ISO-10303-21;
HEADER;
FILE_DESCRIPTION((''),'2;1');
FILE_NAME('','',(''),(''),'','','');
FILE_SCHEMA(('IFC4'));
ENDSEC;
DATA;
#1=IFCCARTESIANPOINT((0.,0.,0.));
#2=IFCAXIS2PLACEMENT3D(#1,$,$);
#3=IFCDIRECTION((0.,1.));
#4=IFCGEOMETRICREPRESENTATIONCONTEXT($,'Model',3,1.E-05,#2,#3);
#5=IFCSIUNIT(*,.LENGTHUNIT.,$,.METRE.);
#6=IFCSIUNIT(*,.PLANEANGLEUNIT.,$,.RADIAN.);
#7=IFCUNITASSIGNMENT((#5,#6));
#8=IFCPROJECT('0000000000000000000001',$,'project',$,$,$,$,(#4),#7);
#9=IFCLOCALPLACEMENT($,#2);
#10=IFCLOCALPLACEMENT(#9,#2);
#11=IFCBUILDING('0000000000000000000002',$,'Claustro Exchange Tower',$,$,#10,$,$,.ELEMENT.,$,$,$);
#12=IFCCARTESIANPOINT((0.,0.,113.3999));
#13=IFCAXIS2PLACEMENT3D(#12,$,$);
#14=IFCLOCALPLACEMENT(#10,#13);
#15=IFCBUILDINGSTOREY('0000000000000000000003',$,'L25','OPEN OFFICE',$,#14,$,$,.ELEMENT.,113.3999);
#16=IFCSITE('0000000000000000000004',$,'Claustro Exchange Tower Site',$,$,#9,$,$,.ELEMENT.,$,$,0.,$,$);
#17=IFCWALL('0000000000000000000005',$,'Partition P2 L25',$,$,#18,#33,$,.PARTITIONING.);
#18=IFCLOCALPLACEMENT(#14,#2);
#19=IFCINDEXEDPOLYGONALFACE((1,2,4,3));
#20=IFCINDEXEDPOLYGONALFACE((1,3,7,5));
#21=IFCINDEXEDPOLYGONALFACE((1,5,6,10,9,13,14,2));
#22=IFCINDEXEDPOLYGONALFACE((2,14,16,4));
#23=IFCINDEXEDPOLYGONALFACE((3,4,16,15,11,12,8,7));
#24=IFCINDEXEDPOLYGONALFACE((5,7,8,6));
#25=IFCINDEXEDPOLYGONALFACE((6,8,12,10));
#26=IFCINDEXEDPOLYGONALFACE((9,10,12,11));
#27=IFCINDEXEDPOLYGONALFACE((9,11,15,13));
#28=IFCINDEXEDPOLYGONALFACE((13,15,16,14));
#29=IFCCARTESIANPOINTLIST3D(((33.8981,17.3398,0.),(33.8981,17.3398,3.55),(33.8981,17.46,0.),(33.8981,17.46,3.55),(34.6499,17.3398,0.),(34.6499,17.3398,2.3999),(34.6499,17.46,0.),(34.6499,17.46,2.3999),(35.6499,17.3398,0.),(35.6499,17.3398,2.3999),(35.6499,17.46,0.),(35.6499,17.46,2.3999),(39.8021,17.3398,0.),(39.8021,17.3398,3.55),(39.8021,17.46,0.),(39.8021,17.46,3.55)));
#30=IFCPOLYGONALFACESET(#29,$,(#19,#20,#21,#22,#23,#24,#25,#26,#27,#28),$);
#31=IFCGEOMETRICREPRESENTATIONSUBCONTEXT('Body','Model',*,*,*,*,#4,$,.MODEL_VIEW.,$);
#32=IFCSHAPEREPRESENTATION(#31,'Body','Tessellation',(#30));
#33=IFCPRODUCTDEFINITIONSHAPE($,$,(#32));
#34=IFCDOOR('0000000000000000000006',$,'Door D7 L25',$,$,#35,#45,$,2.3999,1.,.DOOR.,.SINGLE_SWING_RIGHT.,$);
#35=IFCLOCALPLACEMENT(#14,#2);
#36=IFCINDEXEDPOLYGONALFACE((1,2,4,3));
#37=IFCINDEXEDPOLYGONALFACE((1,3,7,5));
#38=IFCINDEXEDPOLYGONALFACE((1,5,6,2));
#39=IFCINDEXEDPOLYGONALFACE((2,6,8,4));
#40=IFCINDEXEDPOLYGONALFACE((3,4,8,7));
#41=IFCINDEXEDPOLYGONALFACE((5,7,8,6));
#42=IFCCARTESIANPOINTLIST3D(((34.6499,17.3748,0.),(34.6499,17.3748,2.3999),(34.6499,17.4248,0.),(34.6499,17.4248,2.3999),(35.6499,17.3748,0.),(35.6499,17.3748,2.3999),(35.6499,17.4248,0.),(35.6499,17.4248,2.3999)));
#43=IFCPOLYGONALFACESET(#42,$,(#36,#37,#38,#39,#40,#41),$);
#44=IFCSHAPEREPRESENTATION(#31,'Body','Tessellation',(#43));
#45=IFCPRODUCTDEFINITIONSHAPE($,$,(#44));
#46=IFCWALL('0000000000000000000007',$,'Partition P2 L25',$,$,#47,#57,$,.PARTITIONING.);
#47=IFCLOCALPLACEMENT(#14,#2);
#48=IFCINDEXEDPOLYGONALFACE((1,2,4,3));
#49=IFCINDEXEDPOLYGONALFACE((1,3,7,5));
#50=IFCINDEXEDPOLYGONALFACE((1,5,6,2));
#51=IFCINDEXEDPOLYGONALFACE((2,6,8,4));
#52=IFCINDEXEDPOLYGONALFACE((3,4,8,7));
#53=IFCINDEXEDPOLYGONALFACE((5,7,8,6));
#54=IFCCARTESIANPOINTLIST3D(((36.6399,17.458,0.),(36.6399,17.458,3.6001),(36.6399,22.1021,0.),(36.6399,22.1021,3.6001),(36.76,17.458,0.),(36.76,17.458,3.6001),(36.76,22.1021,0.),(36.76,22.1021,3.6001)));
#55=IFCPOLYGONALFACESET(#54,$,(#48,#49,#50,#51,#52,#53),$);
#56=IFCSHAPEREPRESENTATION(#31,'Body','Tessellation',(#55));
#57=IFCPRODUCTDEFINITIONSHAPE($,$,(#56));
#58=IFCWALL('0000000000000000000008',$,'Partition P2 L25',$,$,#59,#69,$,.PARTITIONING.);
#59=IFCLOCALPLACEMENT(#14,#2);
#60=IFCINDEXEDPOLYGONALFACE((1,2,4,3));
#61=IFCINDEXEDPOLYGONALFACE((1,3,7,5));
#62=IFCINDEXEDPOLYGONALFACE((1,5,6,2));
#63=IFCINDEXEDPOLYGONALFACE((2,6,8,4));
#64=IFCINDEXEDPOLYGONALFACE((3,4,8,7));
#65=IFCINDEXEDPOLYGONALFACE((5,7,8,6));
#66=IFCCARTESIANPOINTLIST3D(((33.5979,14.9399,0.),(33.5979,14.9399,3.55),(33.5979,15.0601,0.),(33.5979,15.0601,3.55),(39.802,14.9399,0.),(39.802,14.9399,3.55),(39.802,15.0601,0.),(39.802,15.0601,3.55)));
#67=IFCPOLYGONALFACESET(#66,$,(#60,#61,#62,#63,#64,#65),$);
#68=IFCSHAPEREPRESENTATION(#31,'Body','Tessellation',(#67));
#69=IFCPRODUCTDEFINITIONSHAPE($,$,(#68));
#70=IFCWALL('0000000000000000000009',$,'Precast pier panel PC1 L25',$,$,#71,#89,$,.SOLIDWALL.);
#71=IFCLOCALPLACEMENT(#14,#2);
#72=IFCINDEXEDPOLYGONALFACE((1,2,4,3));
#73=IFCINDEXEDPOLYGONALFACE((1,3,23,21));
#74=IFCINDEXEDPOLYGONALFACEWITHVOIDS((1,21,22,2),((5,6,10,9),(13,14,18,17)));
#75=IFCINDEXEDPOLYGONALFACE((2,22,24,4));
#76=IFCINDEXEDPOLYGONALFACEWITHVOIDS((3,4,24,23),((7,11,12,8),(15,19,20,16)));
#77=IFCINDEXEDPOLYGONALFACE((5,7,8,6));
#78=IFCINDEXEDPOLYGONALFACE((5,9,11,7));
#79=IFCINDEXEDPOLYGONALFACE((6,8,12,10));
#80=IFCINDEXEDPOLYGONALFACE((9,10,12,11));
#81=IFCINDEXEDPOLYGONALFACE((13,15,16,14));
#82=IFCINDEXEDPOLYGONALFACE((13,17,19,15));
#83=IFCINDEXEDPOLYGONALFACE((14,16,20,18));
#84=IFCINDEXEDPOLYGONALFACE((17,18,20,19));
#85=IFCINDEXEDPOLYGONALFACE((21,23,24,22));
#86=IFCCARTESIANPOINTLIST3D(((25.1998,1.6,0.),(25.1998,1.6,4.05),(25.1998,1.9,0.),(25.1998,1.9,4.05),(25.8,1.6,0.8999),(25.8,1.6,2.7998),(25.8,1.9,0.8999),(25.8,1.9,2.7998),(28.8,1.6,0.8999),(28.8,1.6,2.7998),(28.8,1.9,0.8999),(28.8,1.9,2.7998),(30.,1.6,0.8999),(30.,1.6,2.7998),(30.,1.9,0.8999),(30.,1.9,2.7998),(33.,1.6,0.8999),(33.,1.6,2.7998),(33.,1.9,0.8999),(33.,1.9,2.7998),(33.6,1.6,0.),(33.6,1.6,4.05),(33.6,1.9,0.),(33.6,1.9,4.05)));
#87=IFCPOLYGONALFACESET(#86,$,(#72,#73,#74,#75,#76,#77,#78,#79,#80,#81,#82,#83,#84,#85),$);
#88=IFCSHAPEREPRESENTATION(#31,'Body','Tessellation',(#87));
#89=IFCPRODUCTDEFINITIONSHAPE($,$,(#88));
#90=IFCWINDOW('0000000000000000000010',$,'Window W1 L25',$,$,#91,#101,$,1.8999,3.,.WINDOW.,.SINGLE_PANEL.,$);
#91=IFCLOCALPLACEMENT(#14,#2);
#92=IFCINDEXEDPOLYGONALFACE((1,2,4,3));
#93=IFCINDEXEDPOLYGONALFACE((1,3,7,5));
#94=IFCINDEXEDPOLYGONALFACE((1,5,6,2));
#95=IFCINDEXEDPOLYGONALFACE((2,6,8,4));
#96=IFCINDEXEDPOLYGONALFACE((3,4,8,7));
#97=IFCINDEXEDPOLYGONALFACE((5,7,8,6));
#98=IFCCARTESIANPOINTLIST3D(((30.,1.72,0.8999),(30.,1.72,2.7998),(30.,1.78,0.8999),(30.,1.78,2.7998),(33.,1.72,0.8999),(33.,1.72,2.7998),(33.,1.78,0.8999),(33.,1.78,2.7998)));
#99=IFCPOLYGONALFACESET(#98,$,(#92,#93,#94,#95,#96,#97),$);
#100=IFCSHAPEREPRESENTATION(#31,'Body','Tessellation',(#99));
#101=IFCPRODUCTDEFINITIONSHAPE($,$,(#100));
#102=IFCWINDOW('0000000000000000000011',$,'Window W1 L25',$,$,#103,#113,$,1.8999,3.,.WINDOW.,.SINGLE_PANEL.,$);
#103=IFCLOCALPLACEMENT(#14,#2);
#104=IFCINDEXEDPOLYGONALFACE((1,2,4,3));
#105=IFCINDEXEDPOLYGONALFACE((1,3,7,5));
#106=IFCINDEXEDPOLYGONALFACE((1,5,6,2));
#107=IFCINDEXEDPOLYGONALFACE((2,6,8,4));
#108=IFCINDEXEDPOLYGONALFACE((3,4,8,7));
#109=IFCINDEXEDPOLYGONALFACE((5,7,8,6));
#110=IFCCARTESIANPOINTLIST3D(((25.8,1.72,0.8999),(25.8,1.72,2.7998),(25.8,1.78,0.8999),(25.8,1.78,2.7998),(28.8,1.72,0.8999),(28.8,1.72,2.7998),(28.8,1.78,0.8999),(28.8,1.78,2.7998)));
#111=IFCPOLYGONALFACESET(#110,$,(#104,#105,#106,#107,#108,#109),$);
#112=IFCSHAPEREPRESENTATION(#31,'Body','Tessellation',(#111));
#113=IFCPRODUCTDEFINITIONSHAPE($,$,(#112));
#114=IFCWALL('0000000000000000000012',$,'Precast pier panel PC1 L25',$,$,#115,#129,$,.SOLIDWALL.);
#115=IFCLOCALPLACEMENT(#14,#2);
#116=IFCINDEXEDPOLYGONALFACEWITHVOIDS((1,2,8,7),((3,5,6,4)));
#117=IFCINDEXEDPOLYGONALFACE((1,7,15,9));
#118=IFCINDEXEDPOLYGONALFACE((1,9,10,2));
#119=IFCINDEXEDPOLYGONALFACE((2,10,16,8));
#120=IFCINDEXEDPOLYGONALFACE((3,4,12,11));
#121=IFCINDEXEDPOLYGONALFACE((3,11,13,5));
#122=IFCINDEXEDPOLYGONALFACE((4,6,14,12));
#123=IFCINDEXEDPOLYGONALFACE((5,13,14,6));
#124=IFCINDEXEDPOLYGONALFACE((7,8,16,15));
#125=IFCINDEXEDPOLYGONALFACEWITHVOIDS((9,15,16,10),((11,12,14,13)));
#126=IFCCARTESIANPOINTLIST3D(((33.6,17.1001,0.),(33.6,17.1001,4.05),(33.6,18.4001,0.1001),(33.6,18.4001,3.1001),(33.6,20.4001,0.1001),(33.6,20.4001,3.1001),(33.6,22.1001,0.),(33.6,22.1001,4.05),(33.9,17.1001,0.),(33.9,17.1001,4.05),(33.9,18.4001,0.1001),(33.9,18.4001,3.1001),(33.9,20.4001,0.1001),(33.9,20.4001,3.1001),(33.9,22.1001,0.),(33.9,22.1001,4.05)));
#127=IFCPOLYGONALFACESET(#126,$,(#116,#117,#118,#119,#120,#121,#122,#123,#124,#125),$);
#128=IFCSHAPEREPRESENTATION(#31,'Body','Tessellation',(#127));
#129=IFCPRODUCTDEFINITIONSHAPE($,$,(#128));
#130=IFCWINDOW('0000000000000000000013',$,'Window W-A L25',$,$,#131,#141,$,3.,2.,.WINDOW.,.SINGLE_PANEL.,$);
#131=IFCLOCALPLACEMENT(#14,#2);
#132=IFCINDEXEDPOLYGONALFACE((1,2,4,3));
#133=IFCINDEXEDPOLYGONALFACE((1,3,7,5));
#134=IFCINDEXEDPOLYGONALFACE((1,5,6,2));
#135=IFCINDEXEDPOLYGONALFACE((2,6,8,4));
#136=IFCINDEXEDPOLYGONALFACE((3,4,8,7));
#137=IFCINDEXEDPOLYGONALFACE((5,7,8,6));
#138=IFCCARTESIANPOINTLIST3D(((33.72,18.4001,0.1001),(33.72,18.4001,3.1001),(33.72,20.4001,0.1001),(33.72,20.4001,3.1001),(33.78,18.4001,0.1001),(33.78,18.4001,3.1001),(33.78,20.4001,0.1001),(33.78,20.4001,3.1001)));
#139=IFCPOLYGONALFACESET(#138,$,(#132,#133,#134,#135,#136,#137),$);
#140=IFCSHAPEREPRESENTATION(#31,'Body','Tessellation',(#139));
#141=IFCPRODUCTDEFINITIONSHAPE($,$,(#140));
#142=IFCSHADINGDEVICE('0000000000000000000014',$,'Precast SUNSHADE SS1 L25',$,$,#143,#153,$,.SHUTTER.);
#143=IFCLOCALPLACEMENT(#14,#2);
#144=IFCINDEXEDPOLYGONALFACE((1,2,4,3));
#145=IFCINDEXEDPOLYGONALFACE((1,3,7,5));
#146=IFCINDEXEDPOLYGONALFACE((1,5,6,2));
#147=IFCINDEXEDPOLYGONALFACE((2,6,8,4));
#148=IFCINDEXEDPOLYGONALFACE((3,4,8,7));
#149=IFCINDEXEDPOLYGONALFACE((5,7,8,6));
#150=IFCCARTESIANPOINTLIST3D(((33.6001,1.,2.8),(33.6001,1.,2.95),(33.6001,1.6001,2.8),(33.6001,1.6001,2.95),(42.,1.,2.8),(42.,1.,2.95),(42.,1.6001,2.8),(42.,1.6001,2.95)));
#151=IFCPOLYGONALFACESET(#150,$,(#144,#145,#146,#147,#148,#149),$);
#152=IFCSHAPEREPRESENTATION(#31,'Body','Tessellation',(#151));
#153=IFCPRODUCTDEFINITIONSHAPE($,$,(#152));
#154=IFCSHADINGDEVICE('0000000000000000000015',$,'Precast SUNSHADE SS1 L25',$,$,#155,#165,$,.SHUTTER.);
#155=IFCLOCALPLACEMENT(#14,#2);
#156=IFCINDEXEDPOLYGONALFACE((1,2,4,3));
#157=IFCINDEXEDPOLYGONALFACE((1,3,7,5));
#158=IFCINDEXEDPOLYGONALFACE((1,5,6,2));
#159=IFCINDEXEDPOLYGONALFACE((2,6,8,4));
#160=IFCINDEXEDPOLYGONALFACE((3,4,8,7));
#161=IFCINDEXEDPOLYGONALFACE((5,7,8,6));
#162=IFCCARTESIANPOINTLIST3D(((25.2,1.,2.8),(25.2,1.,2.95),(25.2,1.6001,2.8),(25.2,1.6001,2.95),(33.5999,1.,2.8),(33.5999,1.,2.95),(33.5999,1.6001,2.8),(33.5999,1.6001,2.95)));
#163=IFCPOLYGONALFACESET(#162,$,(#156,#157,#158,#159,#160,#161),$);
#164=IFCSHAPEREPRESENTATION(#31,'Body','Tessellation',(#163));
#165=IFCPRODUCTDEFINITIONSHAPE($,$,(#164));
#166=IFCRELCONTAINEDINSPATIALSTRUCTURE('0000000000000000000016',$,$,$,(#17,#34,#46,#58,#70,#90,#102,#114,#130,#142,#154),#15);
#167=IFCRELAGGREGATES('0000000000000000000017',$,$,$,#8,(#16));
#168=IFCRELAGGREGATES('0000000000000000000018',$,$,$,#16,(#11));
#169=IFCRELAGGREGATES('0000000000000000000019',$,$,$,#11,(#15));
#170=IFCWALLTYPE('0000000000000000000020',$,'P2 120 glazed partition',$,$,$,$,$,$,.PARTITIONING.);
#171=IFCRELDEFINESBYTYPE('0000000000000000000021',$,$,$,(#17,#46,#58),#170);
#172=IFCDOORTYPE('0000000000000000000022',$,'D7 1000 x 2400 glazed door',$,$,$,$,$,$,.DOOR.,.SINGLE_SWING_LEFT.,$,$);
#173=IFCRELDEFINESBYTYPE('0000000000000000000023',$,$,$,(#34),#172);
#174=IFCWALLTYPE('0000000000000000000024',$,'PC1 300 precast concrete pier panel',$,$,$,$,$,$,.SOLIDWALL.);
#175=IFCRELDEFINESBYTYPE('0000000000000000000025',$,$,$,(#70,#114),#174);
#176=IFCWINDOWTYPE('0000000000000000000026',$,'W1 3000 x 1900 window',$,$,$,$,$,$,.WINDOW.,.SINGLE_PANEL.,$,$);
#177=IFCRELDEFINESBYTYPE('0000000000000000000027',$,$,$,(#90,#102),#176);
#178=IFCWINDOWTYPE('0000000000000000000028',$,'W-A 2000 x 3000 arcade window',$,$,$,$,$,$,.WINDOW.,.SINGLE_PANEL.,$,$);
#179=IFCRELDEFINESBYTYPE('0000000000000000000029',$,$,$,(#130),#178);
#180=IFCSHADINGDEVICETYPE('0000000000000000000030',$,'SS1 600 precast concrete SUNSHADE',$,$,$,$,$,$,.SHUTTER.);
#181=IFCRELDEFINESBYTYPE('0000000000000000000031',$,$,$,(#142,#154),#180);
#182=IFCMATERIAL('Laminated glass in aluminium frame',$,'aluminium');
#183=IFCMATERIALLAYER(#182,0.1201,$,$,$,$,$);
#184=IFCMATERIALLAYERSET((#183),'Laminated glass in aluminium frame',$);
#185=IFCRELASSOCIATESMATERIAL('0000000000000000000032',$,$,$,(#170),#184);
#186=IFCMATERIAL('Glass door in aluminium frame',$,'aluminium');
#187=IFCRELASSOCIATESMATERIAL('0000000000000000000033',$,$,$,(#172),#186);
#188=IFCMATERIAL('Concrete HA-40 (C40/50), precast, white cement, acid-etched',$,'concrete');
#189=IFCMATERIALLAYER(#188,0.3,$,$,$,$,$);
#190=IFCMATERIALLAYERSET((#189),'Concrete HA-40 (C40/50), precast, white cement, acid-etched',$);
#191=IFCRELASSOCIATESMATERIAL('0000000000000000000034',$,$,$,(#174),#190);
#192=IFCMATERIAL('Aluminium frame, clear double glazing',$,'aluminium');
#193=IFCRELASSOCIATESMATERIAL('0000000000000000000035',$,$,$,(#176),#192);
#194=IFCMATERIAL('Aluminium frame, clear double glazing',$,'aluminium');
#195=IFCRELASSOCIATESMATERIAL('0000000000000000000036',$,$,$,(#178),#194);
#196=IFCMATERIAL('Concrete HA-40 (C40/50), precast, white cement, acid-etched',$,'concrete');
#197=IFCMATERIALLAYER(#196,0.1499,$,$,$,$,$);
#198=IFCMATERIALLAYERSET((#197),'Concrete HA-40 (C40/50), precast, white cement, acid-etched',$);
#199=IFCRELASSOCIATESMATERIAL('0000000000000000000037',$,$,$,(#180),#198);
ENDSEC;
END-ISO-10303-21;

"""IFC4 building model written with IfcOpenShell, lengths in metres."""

from ifc_helpers import new_model, si_unit, direction, frame, frame_2d, origin, origin_2d, place, context, subcontext, project, spatial, rectangle, extrude, material, layer, layer_set, type_object, element, fill, save


model = new_model("IFC4")

# Units and contexts
model_context = context("Model", 3, precision=1e-05, world=origin(), true_north=direction((0.0, 1.0)))
body_context = subcontext(model_context, "Body", "Model", "MODEL_VIEW")
ifc_project = project(units=[si_unit("LENGTHUNIT", "METRE"), si_unit("PLANEANGLEUNIT", "RADIAN")], contexts=[model_context])

# Site, building, storey
site_placement = place(None, origin())
site = spatial("IfcSite", under=ifc_project, at=site_placement, Name="Claustro Exchange Tower Site", CompositionType="ELEMENT", RefElevation=0.0)
building_placement = place(site_placement, origin())
building = spatial("IfcBuilding", under=site, at=building_placement, Name="Claustro Exchange Tower", CompositionType="ELEMENT")
storey_placement = place(building_placement, frame((0.0, 0.0, 113.3999)))
storey = spatial("IfcBuildingStorey", under=building, at=storey_placement, Name="L25", Description="OPEN OFFICE", CompositionType="ELEMENT", Elevation=113.3999)

# Wall, opening, door
ifc_material_1 = material(Name="Laminated glass in aluminium frame", Category="aluminium")
ifc_layer_1 = layer(ifc_material_1, 0.1201)
ifc_layer_set_1 = layer_set([ifc_layer_1], Name="Laminated glass in aluminium frame")
wall_type_1 = type_object("IfcWallType", Name="P2 120 glazed partition", PredefinedType="PARTITIONING", material=ifc_layer_set_1)
wall_1_placement = place(storey_placement, frame((33.8979, 17.3999, 0.0), z_axis=(0.0, 0.0, 1.0), x_axis=(1.0, 0.0, 0.0)))
wall_1 = element("IfcWall", 1, at=wall_1_placement, inside=storey, type_object=wall_type_1, Name="Partition P2 L25", PredefinedType="PARTITIONING", context=body_context, shape_type="SweptSolid", body=[
    extrude(rectangle(XDim=5.9041, YDim=0.1201, at=frame_2d((2.9521, 0.0))), origin(), (0.0, 0.0, 1.0), 3.55),
])
opening_1_placement = place(wall_1_placement, frame((0.752, 0.0, 0.0)))
opening_1 = element("IfcOpeningElement", 2, at=opening_1_placement, cuts=wall_1, PredefinedType="OPENING", context=body_context, shape_type="SweptSolid", body=[
    extrude(rectangle(XDim=1.0, YDim=2.3999, at=frame_2d((0.5, 1.2))), frame((0.0, 0.0701, 0.0), z_axis=(0.0, -1.0, 0.0), x_axis=(1.0, 0.0, 0.0)), (0.0, 0.0, 1.0), 0.1401),
])
ifc_material_2 = material(Name="Glass door in aluminium frame", Category="aluminium")
door_type_1 = type_object("IfcDoorType", Name="D7 1000 x 2400 glazed door", OperationType="SINGLE_SWING_LEFT", PredefinedType="DOOR", material=ifc_material_2)
door_1_placement = place(opening_1_placement, origin())
door_1 = element("IfcDoor", 3, at=door_1_placement, inside=storey, type_object=door_type_1, Name="Door D7 L25", OperationType="SINGLE_SWING_RIGHT", OverallHeight=2.3999, OverallWidth=1.0, PredefinedType="DOOR", context=body_context, shape_type="SweptSolid", body=[
    extrude(rectangle(XDim=1.0, YDim=2.3999, at=frame_2d((0.5, 1.2))), frame((0.0, 0.0249, 0.0), z_axis=(0.0, -1.0, 0.0), x_axis=(1.0, 0.0, 0.0)), (0.0, 0.0, 1.0), 0.05),
])
fill(opening_1, door_1)

# Walls
wall_2_placement = place(storey_placement, frame((36.7, 17.458, 0.0), z_axis=(0.0, 0.0, 1.0), x_axis=(0.0, 1.0, 0.0)))
element("IfcWall", 4, at=wall_2_placement, inside=storey, type_object=wall_type_1, Name="Partition P2 L25", PredefinedType="PARTITIONING", context=body_context, shape_type="SweptSolid", body=[
    extrude(rectangle(XDim=4.644, YDim=0.1201, at=frame_2d((2.322, 0.0))), origin(), (0.0, 0.0, 1.0), 3.6001),
])
wall_3_placement = place(storey_placement, frame((33.5979, 15.0, 0.0), z_axis=(0.0, 0.0, 1.0), x_axis=(1.0, 0.0, 0.0)))
element("IfcWall", 5, at=wall_3_placement, inside=storey, type_object=wall_type_1, Name="Partition P2 L25", PredefinedType="PARTITIONING", context=body_context, shape_type="SweptSolid", body=[
    extrude(rectangle(XDim=6.2041, YDim=0.1201, at=frame_2d((3.1021, 0.0))), origin(), (0.0, 0.0, 1.0), 3.55),
])

# Wall, openings, windows
ifc_material_3 = material(Name="Concrete HA-40 (C40/50), precast, white cement, acid-etched", Category="concrete")
ifc_layer_2 = layer(ifc_material_3, 0.3)
ifc_layer_set_2 = layer_set([ifc_layer_2], Name="Concrete HA-40 (C40/50), precast, white cement, acid-etched")
wall_type_2 = type_object("IfcWallType", Name="PC1 300 precast concrete pier panel", PredefinedType="SOLIDWALL", material=ifc_layer_set_2)
wall_4_placement = place(storey_placement, frame((33.6001, 1.75, 0.0), z_axis=(0.0, 0.0, 1.0), x_axis=(-1.0, 0.0, 0.0)))
wall_4 = element("IfcWall", 6, at=wall_4_placement, inside=storey, type_object=wall_type_2, Name="Precast pier panel PC1 L25", PredefinedType="SOLIDWALL", context=body_context, shape_type="SweptSolid", body=[
    extrude(rectangle(XDim=8.4001, YDim=0.3, at=frame_2d((4.2002, 0.0))), origin(), (0.0, 0.0, 1.0), 4.05),
])
opening_2_placement = place(wall_4_placement, frame((0.6001, 0.0, 0.8999)))
opening_2 = element("IfcOpeningElement", 7, at=opening_2_placement, cuts=wall_4, PredefinedType="OPENING", context=body_context, shape_type="SweptSolid", body=[
    extrude(rectangle(XDim=3.0, YDim=1.8999, at=frame_2d((1.5, 0.95))), frame((0.0, 0.1599, 0.0), z_axis=(0.0, -1.0, 0.0), x_axis=(1.0, 0.0, 0.0)), (0.0, 0.0, 1.0), 0.3201),
])
opening_3_placement = place(wall_4_placement, frame((4.8, 0.0, 0.8999)))
opening_3 = element("IfcOpeningElement", 8, at=opening_3_placement, cuts=wall_4, PredefinedType="OPENING", context=body_context, shape_type="SweptSolid", body=[
    extrude(rectangle(XDim=3.0, YDim=1.8999, at=frame_2d((1.5, 0.95))), frame((0.0, 0.1599, 0.0), z_axis=(0.0, -1.0, 0.0), x_axis=(1.0, 0.0, 0.0)), (0.0, 0.0, 1.0), 0.3201),
])
ifc_material_4 = material(Name="Aluminium frame, clear double glazing", Category="aluminium")
window_type_1 = type_object("IfcWindowType", Name="W1 3000 x 1900 window", PartitioningType="SINGLE_PANEL", PredefinedType="WINDOW", material=ifc_material_4)
window_1_placement = place(opening_2_placement, origin())
window_1 = element("IfcWindow", 9, at=window_1_placement, inside=storey, type_object=window_type_1, Name="Window W1 L25", OverallHeight=1.8999, OverallWidth=3.0, PartitioningType="SINGLE_PANEL", PredefinedType="WINDOW", context=body_context, shape_type="SweptSolid", body=[
    extrude(rectangle(XDim=3.0, YDim=1.8999, at=frame_2d((1.5, 0.95))), frame((0.0, 0.03, 0.0), z_axis=(0.0, -1.0, 0.0), x_axis=(1.0, 0.0, 0.0)), (0.0, 0.0, 1.0), 0.0601),
])
fill(opening_2, window_1)
window_2_placement = place(opening_3_placement, origin())
window_2 = element("IfcWindow", 10, at=window_2_placement, inside=storey, type_object=window_type_1, Name="Window W1 L25", OverallHeight=1.8999, OverallWidth=3.0, PartitioningType="SINGLE_PANEL", PredefinedType="WINDOW", context=body_context, shape_type="SweptSolid", body=[
    extrude(rectangle(XDim=3.0, YDim=1.8999, at=frame_2d((1.5, 0.95))), frame((0.0, 0.03, 0.0), z_axis=(0.0, -1.0, 0.0), x_axis=(1.0, 0.0, 0.0)), (0.0, 0.0, 1.0), 0.0601),
])
fill(opening_3, window_2)

# Wall, opening, window
wall_5_placement = place(storey_placement, frame((33.75, 17.1001, 0.0), z_axis=(0.0, 0.0, 1.0), x_axis=(0.0, 1.0, 0.0)))
wall_5 = element("IfcWall", 11, at=wall_5_placement, inside=storey, type_object=wall_type_2, Name="Precast pier panel PC1 L25", PredefinedType="SOLIDWALL", context=body_context, shape_type="SweptSolid", body=[
    extrude(rectangle(XDim=5.0, YDim=0.3, at=frame_2d((2.5, 0.0))), origin(), (0.0, 0.0, 1.0), 4.05),
])
opening_4_placement = place(wall_5_placement, frame((1.3, 0.0, 0.1001)))
opening_4 = element("IfcOpeningElement", 12, at=opening_4_placement, cuts=wall_5, PredefinedType="OPENING", context=body_context, shape_type="SweptSolid", body=[
    extrude(rectangle(XDim=2.0, YDim=3.0, at=frame_2d((1.0, 1.5))), frame((0.0, 0.1599, 0.0), z_axis=(0.0, -1.0, 0.0), x_axis=(1.0, 0.0, 0.0)), (0.0, 0.0, 1.0), 0.3201),
])
ifc_material_5 = material(Name="Aluminium frame, clear double glazing", Category="aluminium")
window_type_2 = type_object("IfcWindowType", Name="W-A 2000 x 3000 arcade window", PartitioningType="SINGLE_PANEL", PredefinedType="WINDOW", material=ifc_material_5)
window_3_placement = place(opening_4_placement, origin())
window_3 = element("IfcWindow", 13, at=window_3_placement, inside=storey, type_object=window_type_2, Name="Window W-A L25", OverallHeight=3.0, OverallWidth=2.0, PartitioningType="SINGLE_PANEL", PredefinedType="WINDOW", context=body_context, shape_type="SweptSolid", body=[
    extrude(rectangle(XDim=2.0, YDim=3.0, at=frame_2d((1.0, 1.5))), frame((0.0, 0.03, 0.0), z_axis=(0.0, -1.0, 0.0), x_axis=(1.0, 0.0, 0.0)), (0.0, 0.0, 1.0), 0.0601),
])
fill(opening_4, window_3)

# Shading devices
ifc_material_6 = material(Name="Concrete HA-40 (C40/50), precast, white cement, acid-etched", Category="concrete")
ifc_layer_3 = layer(ifc_material_6, 0.1499)
ifc_layer_set_3 = layer_set([ifc_layer_3], Name="Concrete HA-40 (C40/50), precast, white cement, acid-etched")
shading_device_type = type_object("IfcShadingDeviceType", Name="SS1 600 precast concrete SUNSHADE", PredefinedType="SHUTTER", material=ifc_layer_set_3)
for number, where, z_axis, x_axis, name in (
    (14, (37.8, 1.3, 2.8), (0.0, 0.0, 1.0), (-1.0, 0.0, 0.0), "Precast SUNSHADE SS1 L25"),
    (15, (29.3999, 1.3, 2.8), (0.0, 0.0, 1.0), (-1.0, 0.0, 0.0), "Precast SUNSHADE SS1 L25"),
):
    element("IfcShadingDevice", number, at=place(storey_placement, frame(where, z_axis=z_axis, x_axis=x_axis)), inside=storey, type_object=shading_device_type, Name=name, PredefinedType="SHUTTER", context=body_context, shape_type="SweptSolid", body=[
        extrude(rectangle(XDim=8.3999, YDim=0.6001, at=origin_2d()), origin(), (0.0, 0.0, 1.0), 0.1499),
    ])

save(model, "model.ifc")
